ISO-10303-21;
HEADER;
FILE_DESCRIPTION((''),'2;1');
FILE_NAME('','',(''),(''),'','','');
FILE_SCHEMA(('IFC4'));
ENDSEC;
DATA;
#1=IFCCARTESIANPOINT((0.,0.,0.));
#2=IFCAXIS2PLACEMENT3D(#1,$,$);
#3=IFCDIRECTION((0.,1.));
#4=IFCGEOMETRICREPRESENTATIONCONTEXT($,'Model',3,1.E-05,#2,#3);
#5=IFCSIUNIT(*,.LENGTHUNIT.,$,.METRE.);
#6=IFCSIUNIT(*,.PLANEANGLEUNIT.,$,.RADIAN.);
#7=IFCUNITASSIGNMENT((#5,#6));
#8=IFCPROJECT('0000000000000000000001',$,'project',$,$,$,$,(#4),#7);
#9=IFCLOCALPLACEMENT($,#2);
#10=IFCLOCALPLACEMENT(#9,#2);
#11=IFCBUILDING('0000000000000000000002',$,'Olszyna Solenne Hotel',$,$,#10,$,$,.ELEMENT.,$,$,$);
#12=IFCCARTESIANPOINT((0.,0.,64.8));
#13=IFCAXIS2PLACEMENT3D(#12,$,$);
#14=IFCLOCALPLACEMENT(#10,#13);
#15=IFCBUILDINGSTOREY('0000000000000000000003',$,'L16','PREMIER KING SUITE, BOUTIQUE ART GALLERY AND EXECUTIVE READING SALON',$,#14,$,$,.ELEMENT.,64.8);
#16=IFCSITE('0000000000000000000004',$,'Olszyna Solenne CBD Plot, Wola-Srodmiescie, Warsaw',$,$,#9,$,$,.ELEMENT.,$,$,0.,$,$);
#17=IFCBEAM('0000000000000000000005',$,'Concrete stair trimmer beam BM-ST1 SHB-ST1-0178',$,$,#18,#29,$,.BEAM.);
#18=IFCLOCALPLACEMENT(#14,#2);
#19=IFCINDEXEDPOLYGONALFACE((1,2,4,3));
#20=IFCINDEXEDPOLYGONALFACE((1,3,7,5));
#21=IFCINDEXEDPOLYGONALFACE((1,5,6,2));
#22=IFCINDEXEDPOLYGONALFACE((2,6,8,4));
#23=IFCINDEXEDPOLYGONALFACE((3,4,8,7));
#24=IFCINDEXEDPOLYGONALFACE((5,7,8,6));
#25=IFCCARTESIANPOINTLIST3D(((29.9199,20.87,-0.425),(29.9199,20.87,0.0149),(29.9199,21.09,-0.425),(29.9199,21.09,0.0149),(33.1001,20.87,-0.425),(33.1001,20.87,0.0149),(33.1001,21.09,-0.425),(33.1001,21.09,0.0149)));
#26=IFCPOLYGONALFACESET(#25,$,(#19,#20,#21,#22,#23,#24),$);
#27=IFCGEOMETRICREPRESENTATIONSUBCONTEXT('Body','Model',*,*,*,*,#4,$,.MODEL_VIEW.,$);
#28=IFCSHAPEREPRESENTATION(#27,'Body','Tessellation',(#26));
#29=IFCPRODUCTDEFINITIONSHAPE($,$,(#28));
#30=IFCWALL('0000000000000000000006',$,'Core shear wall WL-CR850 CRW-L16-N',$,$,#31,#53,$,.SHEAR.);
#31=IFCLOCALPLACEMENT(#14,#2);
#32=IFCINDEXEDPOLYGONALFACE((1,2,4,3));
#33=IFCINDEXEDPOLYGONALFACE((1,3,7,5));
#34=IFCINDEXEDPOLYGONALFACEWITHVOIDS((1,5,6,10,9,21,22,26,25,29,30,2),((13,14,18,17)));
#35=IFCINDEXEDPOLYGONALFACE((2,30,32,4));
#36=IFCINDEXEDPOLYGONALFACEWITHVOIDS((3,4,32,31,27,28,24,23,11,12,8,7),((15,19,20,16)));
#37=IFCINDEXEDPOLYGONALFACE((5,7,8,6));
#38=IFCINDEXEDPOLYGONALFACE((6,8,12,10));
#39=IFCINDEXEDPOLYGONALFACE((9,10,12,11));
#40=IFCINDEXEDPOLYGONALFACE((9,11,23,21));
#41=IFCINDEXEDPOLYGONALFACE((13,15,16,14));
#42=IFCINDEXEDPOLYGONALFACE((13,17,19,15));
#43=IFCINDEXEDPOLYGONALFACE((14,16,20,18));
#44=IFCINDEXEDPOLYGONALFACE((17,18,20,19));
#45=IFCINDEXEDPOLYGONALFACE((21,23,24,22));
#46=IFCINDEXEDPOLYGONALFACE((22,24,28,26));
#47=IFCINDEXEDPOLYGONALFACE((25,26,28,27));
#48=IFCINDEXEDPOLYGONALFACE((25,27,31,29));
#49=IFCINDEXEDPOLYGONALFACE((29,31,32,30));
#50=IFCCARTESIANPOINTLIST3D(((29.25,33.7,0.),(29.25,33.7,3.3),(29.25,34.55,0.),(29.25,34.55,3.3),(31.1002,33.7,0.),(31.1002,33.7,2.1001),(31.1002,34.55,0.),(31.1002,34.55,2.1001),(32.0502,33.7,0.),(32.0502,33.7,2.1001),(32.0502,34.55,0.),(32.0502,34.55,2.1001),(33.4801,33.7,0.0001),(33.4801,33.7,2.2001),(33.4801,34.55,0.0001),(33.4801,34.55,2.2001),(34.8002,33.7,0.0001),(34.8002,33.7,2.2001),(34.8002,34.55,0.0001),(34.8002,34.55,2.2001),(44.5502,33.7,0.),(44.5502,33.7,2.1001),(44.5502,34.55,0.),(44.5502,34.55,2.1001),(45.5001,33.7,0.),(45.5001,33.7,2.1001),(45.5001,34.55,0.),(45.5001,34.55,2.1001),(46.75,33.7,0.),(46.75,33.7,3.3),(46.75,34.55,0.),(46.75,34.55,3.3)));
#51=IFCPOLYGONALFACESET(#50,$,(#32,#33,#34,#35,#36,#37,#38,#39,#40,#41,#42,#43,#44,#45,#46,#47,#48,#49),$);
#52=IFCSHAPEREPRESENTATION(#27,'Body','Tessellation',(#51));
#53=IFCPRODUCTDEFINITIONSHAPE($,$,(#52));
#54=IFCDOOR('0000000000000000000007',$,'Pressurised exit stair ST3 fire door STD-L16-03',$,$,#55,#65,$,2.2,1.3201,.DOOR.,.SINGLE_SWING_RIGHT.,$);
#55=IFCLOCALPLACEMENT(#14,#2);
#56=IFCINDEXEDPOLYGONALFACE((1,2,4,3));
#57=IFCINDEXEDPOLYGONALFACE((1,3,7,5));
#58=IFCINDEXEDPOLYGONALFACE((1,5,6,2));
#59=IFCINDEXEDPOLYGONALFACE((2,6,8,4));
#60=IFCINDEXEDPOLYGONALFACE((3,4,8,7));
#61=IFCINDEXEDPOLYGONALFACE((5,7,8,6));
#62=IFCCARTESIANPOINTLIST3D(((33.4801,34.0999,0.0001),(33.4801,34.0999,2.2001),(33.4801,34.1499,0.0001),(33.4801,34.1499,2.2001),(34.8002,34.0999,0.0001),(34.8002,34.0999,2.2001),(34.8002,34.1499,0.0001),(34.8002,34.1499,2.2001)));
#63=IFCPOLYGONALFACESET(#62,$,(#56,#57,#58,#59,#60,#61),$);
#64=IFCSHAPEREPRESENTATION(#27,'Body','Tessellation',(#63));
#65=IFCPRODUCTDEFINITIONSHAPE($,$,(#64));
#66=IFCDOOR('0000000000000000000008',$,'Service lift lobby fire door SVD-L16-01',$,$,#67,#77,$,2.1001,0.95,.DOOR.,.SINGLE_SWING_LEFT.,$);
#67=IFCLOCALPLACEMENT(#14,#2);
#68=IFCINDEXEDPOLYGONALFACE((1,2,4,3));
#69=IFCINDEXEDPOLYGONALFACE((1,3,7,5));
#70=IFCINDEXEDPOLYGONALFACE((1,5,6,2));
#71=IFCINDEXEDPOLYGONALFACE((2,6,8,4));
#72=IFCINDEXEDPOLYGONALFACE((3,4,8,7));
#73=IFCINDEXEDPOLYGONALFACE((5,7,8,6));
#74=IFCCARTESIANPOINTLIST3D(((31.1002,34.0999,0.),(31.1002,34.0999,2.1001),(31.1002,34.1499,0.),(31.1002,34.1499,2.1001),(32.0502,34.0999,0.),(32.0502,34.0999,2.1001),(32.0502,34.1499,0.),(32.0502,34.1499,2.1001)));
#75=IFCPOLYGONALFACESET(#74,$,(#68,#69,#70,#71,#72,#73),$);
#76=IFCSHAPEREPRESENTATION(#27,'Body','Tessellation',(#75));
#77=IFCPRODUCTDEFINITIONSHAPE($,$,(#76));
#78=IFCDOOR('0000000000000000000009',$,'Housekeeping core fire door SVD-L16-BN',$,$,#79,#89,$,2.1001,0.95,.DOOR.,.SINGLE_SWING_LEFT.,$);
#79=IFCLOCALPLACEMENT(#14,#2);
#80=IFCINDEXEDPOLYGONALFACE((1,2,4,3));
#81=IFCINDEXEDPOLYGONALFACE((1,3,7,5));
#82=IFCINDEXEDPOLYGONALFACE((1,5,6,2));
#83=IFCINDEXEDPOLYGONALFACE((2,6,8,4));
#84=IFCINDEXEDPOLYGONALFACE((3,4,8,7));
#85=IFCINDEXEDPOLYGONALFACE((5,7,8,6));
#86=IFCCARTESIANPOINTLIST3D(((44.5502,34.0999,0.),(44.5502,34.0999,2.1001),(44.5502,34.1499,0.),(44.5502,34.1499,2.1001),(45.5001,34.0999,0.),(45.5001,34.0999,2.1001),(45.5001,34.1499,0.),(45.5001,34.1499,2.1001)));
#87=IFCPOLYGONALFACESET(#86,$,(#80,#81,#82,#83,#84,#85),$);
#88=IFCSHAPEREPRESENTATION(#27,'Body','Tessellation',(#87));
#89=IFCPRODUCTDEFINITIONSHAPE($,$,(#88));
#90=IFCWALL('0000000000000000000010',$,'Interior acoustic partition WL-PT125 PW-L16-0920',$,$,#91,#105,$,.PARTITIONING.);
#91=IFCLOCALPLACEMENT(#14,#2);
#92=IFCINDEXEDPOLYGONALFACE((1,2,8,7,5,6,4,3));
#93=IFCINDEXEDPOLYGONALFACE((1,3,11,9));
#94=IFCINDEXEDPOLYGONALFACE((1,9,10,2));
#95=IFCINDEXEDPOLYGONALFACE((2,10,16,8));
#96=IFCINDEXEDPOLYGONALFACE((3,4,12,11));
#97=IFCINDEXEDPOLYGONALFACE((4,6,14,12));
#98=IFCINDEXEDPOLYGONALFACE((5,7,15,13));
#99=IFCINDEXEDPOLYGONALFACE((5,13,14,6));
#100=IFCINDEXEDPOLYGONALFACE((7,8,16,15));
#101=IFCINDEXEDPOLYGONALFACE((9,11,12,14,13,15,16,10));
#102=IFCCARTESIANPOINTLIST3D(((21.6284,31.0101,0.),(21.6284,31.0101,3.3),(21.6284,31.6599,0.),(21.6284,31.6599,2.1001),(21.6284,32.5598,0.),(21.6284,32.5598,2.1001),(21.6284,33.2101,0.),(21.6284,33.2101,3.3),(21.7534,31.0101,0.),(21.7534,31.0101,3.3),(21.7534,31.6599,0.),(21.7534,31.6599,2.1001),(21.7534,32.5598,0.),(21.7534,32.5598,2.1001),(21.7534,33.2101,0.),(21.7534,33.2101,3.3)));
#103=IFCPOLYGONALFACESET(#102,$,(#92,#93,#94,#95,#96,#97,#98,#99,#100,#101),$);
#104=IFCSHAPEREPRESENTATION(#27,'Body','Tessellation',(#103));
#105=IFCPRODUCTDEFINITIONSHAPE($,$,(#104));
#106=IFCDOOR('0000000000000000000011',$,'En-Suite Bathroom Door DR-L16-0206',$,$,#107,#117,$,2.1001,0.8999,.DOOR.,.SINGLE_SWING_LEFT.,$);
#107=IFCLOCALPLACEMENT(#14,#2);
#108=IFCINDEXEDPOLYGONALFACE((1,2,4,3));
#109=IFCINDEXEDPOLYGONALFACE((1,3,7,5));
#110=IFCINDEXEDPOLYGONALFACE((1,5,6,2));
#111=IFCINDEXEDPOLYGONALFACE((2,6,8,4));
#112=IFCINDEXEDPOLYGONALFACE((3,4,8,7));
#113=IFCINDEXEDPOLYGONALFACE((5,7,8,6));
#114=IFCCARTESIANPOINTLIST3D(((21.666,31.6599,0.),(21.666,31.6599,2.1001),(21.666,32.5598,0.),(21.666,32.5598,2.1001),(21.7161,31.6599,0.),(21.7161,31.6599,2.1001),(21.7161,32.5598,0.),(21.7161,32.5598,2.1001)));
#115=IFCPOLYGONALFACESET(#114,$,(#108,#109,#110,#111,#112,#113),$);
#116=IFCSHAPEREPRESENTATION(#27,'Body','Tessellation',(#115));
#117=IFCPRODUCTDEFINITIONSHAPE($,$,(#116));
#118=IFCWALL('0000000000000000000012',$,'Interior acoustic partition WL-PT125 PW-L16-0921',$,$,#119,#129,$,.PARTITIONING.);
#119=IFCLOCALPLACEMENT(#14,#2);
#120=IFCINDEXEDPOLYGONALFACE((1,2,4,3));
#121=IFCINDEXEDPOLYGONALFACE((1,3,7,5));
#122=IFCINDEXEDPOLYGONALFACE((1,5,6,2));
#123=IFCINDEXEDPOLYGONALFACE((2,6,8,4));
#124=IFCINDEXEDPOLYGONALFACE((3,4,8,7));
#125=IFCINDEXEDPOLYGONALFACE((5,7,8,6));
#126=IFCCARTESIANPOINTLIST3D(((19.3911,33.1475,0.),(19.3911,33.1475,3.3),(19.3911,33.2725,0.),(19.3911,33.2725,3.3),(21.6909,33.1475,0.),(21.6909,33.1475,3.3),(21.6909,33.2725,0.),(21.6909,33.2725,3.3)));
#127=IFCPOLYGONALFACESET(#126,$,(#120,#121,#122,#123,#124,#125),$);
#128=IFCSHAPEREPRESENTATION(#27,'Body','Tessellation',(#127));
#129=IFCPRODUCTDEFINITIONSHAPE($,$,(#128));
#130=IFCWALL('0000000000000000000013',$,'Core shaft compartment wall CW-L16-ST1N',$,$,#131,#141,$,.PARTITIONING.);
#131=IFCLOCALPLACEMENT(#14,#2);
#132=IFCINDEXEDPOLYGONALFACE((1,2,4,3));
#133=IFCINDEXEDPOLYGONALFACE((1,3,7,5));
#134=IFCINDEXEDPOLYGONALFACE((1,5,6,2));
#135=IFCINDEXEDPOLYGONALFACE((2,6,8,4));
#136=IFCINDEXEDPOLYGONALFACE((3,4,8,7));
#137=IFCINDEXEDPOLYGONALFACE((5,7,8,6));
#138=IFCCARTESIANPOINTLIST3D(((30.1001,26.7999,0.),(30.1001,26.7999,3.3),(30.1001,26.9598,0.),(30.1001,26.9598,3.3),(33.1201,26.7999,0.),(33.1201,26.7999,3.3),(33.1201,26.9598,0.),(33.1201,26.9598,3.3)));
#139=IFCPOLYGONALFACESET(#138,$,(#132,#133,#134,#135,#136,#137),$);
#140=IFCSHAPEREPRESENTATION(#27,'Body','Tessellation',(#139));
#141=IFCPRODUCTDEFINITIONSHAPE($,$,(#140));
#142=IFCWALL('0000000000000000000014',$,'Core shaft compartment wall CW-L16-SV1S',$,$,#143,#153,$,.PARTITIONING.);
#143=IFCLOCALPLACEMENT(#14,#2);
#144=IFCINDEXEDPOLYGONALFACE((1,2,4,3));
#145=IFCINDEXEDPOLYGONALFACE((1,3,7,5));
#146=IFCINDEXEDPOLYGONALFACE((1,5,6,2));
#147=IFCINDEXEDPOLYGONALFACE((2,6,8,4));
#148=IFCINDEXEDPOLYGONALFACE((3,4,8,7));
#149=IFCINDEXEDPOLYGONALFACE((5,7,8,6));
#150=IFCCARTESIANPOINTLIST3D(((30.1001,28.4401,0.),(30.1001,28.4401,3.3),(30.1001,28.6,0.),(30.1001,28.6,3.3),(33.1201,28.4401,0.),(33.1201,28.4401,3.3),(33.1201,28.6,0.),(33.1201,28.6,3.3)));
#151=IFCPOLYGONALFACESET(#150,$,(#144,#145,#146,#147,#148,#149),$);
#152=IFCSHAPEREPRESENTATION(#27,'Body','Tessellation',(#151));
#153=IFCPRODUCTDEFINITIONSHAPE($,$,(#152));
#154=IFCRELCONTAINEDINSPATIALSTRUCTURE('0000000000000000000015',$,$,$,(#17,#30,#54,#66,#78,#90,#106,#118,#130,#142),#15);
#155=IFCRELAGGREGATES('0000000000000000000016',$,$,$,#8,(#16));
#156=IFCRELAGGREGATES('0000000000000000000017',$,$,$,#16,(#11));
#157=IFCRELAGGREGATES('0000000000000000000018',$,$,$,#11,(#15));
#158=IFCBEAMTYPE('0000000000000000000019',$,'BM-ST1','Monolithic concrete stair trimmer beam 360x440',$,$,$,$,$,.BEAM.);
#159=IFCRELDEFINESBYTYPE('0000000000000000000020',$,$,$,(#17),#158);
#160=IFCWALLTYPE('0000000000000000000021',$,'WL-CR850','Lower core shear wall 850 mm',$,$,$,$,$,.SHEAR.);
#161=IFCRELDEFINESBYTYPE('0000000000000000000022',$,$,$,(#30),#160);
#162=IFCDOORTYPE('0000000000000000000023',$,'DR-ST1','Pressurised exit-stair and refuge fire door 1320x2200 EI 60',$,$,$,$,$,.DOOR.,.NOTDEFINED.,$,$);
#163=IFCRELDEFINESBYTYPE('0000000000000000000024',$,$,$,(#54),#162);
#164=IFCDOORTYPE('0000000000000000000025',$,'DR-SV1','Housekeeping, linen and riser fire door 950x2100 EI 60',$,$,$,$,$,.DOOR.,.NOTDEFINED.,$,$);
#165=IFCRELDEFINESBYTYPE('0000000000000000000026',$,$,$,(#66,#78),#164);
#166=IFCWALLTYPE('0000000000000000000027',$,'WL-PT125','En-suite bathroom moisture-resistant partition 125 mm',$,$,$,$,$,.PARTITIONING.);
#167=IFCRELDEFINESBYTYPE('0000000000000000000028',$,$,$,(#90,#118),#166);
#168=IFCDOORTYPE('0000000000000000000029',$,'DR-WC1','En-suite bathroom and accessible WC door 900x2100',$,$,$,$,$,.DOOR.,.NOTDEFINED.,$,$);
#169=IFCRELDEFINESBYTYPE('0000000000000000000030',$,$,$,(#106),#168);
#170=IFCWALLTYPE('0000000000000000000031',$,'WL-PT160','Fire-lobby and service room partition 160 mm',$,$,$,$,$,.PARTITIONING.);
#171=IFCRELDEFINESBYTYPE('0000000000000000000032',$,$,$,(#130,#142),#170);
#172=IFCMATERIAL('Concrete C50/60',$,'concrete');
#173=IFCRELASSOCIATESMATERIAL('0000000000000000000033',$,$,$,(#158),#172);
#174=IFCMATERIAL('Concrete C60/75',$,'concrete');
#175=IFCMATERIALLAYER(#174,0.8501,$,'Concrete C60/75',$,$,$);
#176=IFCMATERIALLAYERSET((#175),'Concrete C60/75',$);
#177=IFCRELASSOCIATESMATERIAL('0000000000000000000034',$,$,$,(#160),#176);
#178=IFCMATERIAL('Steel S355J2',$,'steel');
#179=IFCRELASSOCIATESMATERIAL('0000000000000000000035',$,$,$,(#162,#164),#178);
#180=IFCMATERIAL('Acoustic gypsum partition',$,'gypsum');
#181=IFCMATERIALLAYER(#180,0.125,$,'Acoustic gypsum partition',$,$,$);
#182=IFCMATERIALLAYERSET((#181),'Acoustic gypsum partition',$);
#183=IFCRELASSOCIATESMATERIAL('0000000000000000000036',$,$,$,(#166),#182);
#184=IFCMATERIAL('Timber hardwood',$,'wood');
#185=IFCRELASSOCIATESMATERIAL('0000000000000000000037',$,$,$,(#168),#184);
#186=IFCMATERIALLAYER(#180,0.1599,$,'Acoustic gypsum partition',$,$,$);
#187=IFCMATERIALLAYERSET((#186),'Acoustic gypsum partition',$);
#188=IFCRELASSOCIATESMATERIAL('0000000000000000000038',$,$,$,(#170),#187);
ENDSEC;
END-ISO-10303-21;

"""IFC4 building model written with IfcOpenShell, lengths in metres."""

from ifc_helpers import new_model, si_unit, direction, frame, frame_2d, origin, origin_2d, place, context, subcontext, project, spatial, rectangle, extrude, source, transform, mapped, material, layer, layer_set, material_profile, profile_set, type_object, type_shapes, element, fill, save


model = new_model("IFC4")

# Units and contexts
model_context = context("Model", 3, precision=1e-05, world=origin(), true_north=direction((0.0, 1.0)))
body_context = subcontext(model_context, "Body", "Model", "MODEL_VIEW")
ifc_project = project(units=[si_unit("LENGTHUNIT", "METRE"), si_unit("PLANEANGLEUNIT", "RADIAN")], contexts=[model_context])

# Site, building, storey
site_placement = place(None, origin())
site = spatial("IfcSite", under=ifc_project, at=site_placement, Name="Olszyna Solenne CBD Plot, Wola-Srodmiescie, Warsaw", CompositionType="ELEMENT", RefElevation=0.0)
building_placement = place(site_placement, origin())
building = spatial("IfcBuilding", under=site, at=building_placement, Name="Olszyna Solenne Hotel", CompositionType="ELEMENT")
storey_placement = place(building_placement, frame((0.0, 0.0, 64.8)))
storey = spatial("IfcBuildingStorey", under=building, at=storey_placement, Name="L16", Description="PREMIER KING SUITE, BOUTIQUE ART GALLERY AND EXECUTIVE READING SALON", CompositionType="ELEMENT", Elevation=64.8)

# Beam
ifc_material_1 = material(Name="Concrete C50/60", Category="concrete")
ifc_material_profile = material_profile(ifc_material_1, rectangle(XDim=0.22, YDim=0.4399, at=origin_2d()), Name="RC 220x440", Category="load-bearing")
ifc_profile_set = profile_set([ifc_material_profile], Name="Concrete C50/60")
beam_type = type_object("IfcBeamType", Name="BM-ST1", Description="Monolithic concrete stair trimmer beam 360x440", PredefinedType="BEAM", material=ifc_profile_set)
shared_shape_1 = source(origin(), body_context, "Body", "SweptSolid", [
    extrude(rectangle(XDim=0.22, YDim=0.4399, at=origin_2d()), origin(), (0.0, 0.0, 1.0), 3.1802),
])
beam_placement = place(storey_placement, frame((33.1001, 20.98, -0.2051), z_axis=(-1.0, 0.0, 0.0), x_axis=(0.0, -1.0, 0.0)))
element("IfcBeam", 1, at=beam_placement, inside=storey, type_object=beam_type, Name="Concrete stair trimmer beam BM-ST1 SHB-ST1-0178", PredefinedType="BEAM", context=body_context, shape_type="MappedRepresentation", body=[
    mapped(shared_shape_1, transform((0.0, 0.0, 0.0), x_axis=(1.0, 0.0, 0.0), y_axis=(0.0, 1.0, 0.0), z_axis=(0.0, 0.0, 1.0), scale=1.0)),
])

# Wall, openings, doors
ifc_material_2 = material(Name="Concrete C60/75", Category="concrete")
ifc_layer_1 = layer(ifc_material_2, 0.8501, Name="Concrete C60/75")
ifc_layer_set_1 = layer_set([ifc_layer_1], Name="Concrete C60/75")
wall_type_1 = type_object("IfcWallType", Name="WL-CR850", Description="Lower core shear wall 850 mm", PredefinedType="SHEAR", material=ifc_layer_set_1)
wall_1_placement = place(storey_placement, frame((29.25, 34.125, 0.0), z_axis=(0.0, 0.0, 1.0), x_axis=(1.0, 0.0, 0.0)))
wall_1 = element("IfcWall", 2, at=wall_1_placement, inside=storey, type_object=wall_type_1, Name="Core shear wall WL-CR850 CRW-L16-N", PredefinedType="SHEAR", context=body_context, shape_type="SweptSolid", body=[
    extrude(rectangle(XDim=17.5, YDim=0.8501, at=frame_2d((8.75, 0.0))), origin(), (0.0, 0.0, 1.0), 3.3),
])
opening_1_placement = place(wall_1_placement, frame((1.8501, 0.0, 0.0)))
opening_1 = element("IfcOpeningElement", 3, at=opening_1_placement, cuts=wall_1, PredefinedType="OPENING", context=body_context, shape_type="SweptSolid", body=[
    extrude(rectangle(XDim=0.95, YDim=2.1001, at=frame_2d((0.4751, 1.05))), frame((0.0, 0.4351, 0.0), z_axis=(0.0, -1.0, 0.0), x_axis=(1.0, 0.0, 0.0)), (0.0, 0.0, 1.0), 0.8701),
])
opening_2_placement = place(wall_1_placement, frame((4.23, 0.0, 0.0)))
opening_2 = element("IfcOpeningElement", 4, at=opening_2_placement, cuts=wall_1, PredefinedType="OPENING", context=body_context, shape_type="SweptSolid", body=[
    extrude(rectangle(XDim=1.3201, YDim=2.2, at=frame_2d((0.6602, 1.1001))), frame((0.0, 0.4351, 0.0), z_axis=(0.0, -1.0, 0.0), x_axis=(1.0, 0.0, 0.0)), (0.0, 0.0, 1.0), 0.8701),
])
opening_3_placement = place(wall_1_placement, frame((15.3, 0.0, 0.0)))
opening_3 = element("IfcOpeningElement", 5, at=opening_3_placement, cuts=wall_1, PredefinedType="OPENING", context=body_context, shape_type="SweptSolid", body=[
    extrude(rectangle(XDim=0.95, YDim=2.1001, at=frame_2d((0.4751, 1.05))), frame((0.0, 0.4351, 0.0), z_axis=(0.0, -1.0, 0.0), x_axis=(1.0, 0.0, 0.0)), (0.0, 0.0, 1.0), 0.8701),
])
ifc_material_3 = material(Name="Steel S355J2", Category="steel")
door_type_1 = type_object("IfcDoorType", Name="DR-ST1", Description="Pressurised exit-stair and refuge fire door 1320x2200 EI 60", OperationType="NOTDEFINED", PredefinedType="DOOR", material=ifc_material_3)
shared_shape_2 = source(origin(), body_context, "Body", "SweptSolid", [
    extrude(rectangle(XDim=1.3201, YDim=2.2, at=frame_2d((0.6602, 1.1001))), frame((0.0, 0.0249, 0.0), z_axis=(0.0, -1.0, 0.0), x_axis=(1.0, 0.0, 0.0)), (0.0, 0.0, 1.0), 0.05),
])
type_shapes(door_type_1, [shared_shape_2])
door_1_placement = place(opening_2_placement, origin())
door_1 = element("IfcDoor", 6, at=door_1_placement, inside=storey, type_object=door_type_1, Name="Pressurised exit stair ST3 fire door STD-L16-03", OperationType="SINGLE_SWING_RIGHT", OverallHeight=2.2, OverallWidth=1.3201, PredefinedType="DOOR", context=body_context, shape_type="MappedRepresentation", body=[
    mapped(shared_shape_2, transform((0.0, 0.0, 0.0), x_axis=(1.0, 0.0, 0.0), y_axis=(0.0, 1.0, 0.0), z_axis=(0.0, 0.0, 1.0), scale=1.0)),
])
fill(opening_2, door_1)
door_type_2 = type_object("IfcDoorType", Name="DR-SV1", Description="Housekeeping, linen and riser fire door 950x2100 EI 60", OperationType="NOTDEFINED", PredefinedType="DOOR", material=ifc_material_3)
shared_shape_3 = source(origin(), body_context, "Body", "SweptSolid", [
    extrude(rectangle(XDim=0.95, YDim=2.1001, at=frame_2d((0.4751, 1.05))), frame((0.0, 0.0249, 0.0), z_axis=(0.0, -1.0, 0.0), x_axis=(1.0, 0.0, 0.0)), (0.0, 0.0, 1.0), 0.05),
])
type_shapes(door_type_2, [shared_shape_3])
door_2_placement = place(opening_1_placement, origin())
door_2 = element("IfcDoor", 7, at=door_2_placement, inside=storey, type_object=door_type_2, Name="Service lift lobby fire door SVD-L16-01", OperationType="SINGLE_SWING_LEFT", OverallHeight=2.1001, OverallWidth=0.95, PredefinedType="DOOR", context=body_context, shape_type="MappedRepresentation", body=[
    mapped(shared_shape_3, transform((0.0, 0.0, 0.0), x_axis=(1.0, 0.0, 0.0), y_axis=(0.0, 1.0, 0.0), z_axis=(0.0, 0.0, 1.0), scale=1.0)),
])
fill(opening_1, door_2)
door_3_placement = place(opening_3_placement, origin())
door_3 = element("IfcDoor", 8, at=door_3_placement, inside=storey, type_object=door_type_2, Name="Housekeeping core fire door SVD-L16-BN", OperationType="SINGLE_SWING_LEFT", OverallHeight=2.1001, OverallWidth=0.95, PredefinedType="DOOR", context=body_context, shape_type="MappedRepresentation", body=[
    mapped(shared_shape_3, transform((0.0, 0.0, 0.0), x_axis=(1.0, 0.0, 0.0), y_axis=(0.0, 1.0, 0.0), z_axis=(0.0, 0.0, 1.0), scale=1.0)),
])
fill(opening_3, door_3)

# Wall, opening, door
ifc_material_4 = material(Name="Acoustic gypsum partition", Category="gypsum")
ifc_layer_2 = layer(ifc_material_4, 0.125, Name="Acoustic gypsum partition")
ifc_layer_set_2 = layer_set([ifc_layer_2], Name="Acoustic gypsum partition")
wall_type_2 = type_object("IfcWallType", Name="WL-PT125", Description="En-suite bathroom moisture-resistant partition 125 mm", PredefinedType="PARTITIONING", material=ifc_layer_set_2)
wall_2_placement = place(storey_placement, frame((21.6909, 31.01, 0.0), z_axis=(0.0, 0.0, 1.0), x_axis=(0.0, 1.0, 0.0)))
wall_2 = element("IfcWall", 9, at=wall_2_placement, inside=storey, type_object=wall_type_2, Name="Interior acoustic partition WL-PT125 PW-L16-0920", PredefinedType="PARTITIONING", context=body_context, shape_type="SweptSolid", body=[
    extrude(rectangle(XDim=2.2, YDim=0.125, at=frame_2d((1.1001, 0.0))), origin(), (0.0, 0.0, 1.0), 3.3),
])
opening_4_placement = place(wall_2_placement, frame((0.6499, 0.0, 0.0)))
opening_4 = element("IfcOpeningElement", 10, at=opening_4_placement, cuts=wall_2, PredefinedType="OPENING", context=body_context, shape_type="SweptSolid", body=[
    extrude(rectangle(XDim=0.8999, YDim=2.1001, at=frame_2d((0.45, 1.05))), frame((0.0, 0.0725, 0.0), z_axis=(0.0, -1.0, 0.0), x_axis=(1.0, 0.0, 0.0)), (0.0, 0.0, 1.0), 0.145),
])
ifc_material_5 = material(Name="Timber hardwood", Category="wood")
door_type_3 = type_object("IfcDoorType", Name="DR-WC1", Description="En-suite bathroom and accessible WC door 900x2100", OperationType="NOTDEFINED", PredefinedType="DOOR", material=ifc_material_5)
shared_shape_4 = source(origin(), body_context, "Body", "SweptSolid", [
    extrude(rectangle(XDim=0.8999, YDim=2.1001, at=frame_2d((0.45, 1.05))), frame((0.0, 0.0249, 0.0), z_axis=(0.0, -1.0, 0.0), x_axis=(1.0, 0.0, 0.0)), (0.0, 0.0, 1.0), 0.05),
])
type_shapes(door_type_3, [shared_shape_4])
door_4_placement = place(opening_4_placement, origin())
door_4 = element("IfcDoor", 11, at=door_4_placement, inside=storey, type_object=door_type_3, Name="En-Suite Bathroom Door DR-L16-0206", OperationType="SINGLE_SWING_LEFT", OverallHeight=2.1001, OverallWidth=0.8999, PredefinedType="DOOR", context=body_context, shape_type="MappedRepresentation", body=[
    mapped(shared_shape_4, transform((0.0, 0.0, 0.0), x_axis=(1.0, 0.0, 0.0), y_axis=(0.0, 1.0, 0.0), z_axis=(0.0, 0.0, 1.0), scale=1.0)),
])
fill(opening_4, door_4)

# Walls
wall_3_placement = place(storey_placement, frame((21.6909, 33.21, 0.0), z_axis=(0.0, 0.0, 1.0), x_axis=(-1.0, 0.0, 0.0)))
element("IfcWall", 12, at=wall_3_placement, inside=storey, type_object=wall_type_2, Name="Interior acoustic partition WL-PT125 PW-L16-0921", PredefinedType="PARTITIONING", context=body_context, shape_type="SweptSolid", body=[
    extrude(rectangle(XDim=2.2998, YDim=0.125, at=frame_2d((1.1499, 0.0))), origin(), (0.0, 0.0, 1.0), 3.3),
])
ifc_layer_3 = layer(ifc_material_4, 0.1599, Name="Acoustic gypsum partition")
ifc_layer_set_3 = layer_set([ifc_layer_3], Name="Acoustic gypsum partition")
wall_type_3 = type_object("IfcWallType", Name="WL-PT160", Description="Fire-lobby and service room partition 160 mm", PredefinedType="PARTITIONING", material=ifc_layer_set_3)
for number, where, z_axis, x_axis, name in (
    (13, (30.1001, 26.8799, 0.0), (0.0, 0.0, 1.0), (1.0, 0.0, 0.0), "Core shaft compartment wall CW-L16-ST1N"),
    (14, (30.1001, 28.52, 0.0), (0.0, 0.0, 1.0), (1.0, 0.0, 0.0), "Core shaft compartment wall CW-L16-SV1S"),
):
    element("IfcWall", number, at=place(storey_placement, frame(where, z_axis=z_axis, x_axis=x_axis)), inside=storey, type_object=wall_type_3, Name=name, PredefinedType="PARTITIONING", context=body_context, shape_type="SweptSolid", body=[
        extrude(rectangle(XDim=3.02, YDim=0.1599, at=frame_2d((1.51, 0.0))), origin(), (0.0, 0.0, 1.0), 3.3),
    ])

save(model, "model.ifc")
